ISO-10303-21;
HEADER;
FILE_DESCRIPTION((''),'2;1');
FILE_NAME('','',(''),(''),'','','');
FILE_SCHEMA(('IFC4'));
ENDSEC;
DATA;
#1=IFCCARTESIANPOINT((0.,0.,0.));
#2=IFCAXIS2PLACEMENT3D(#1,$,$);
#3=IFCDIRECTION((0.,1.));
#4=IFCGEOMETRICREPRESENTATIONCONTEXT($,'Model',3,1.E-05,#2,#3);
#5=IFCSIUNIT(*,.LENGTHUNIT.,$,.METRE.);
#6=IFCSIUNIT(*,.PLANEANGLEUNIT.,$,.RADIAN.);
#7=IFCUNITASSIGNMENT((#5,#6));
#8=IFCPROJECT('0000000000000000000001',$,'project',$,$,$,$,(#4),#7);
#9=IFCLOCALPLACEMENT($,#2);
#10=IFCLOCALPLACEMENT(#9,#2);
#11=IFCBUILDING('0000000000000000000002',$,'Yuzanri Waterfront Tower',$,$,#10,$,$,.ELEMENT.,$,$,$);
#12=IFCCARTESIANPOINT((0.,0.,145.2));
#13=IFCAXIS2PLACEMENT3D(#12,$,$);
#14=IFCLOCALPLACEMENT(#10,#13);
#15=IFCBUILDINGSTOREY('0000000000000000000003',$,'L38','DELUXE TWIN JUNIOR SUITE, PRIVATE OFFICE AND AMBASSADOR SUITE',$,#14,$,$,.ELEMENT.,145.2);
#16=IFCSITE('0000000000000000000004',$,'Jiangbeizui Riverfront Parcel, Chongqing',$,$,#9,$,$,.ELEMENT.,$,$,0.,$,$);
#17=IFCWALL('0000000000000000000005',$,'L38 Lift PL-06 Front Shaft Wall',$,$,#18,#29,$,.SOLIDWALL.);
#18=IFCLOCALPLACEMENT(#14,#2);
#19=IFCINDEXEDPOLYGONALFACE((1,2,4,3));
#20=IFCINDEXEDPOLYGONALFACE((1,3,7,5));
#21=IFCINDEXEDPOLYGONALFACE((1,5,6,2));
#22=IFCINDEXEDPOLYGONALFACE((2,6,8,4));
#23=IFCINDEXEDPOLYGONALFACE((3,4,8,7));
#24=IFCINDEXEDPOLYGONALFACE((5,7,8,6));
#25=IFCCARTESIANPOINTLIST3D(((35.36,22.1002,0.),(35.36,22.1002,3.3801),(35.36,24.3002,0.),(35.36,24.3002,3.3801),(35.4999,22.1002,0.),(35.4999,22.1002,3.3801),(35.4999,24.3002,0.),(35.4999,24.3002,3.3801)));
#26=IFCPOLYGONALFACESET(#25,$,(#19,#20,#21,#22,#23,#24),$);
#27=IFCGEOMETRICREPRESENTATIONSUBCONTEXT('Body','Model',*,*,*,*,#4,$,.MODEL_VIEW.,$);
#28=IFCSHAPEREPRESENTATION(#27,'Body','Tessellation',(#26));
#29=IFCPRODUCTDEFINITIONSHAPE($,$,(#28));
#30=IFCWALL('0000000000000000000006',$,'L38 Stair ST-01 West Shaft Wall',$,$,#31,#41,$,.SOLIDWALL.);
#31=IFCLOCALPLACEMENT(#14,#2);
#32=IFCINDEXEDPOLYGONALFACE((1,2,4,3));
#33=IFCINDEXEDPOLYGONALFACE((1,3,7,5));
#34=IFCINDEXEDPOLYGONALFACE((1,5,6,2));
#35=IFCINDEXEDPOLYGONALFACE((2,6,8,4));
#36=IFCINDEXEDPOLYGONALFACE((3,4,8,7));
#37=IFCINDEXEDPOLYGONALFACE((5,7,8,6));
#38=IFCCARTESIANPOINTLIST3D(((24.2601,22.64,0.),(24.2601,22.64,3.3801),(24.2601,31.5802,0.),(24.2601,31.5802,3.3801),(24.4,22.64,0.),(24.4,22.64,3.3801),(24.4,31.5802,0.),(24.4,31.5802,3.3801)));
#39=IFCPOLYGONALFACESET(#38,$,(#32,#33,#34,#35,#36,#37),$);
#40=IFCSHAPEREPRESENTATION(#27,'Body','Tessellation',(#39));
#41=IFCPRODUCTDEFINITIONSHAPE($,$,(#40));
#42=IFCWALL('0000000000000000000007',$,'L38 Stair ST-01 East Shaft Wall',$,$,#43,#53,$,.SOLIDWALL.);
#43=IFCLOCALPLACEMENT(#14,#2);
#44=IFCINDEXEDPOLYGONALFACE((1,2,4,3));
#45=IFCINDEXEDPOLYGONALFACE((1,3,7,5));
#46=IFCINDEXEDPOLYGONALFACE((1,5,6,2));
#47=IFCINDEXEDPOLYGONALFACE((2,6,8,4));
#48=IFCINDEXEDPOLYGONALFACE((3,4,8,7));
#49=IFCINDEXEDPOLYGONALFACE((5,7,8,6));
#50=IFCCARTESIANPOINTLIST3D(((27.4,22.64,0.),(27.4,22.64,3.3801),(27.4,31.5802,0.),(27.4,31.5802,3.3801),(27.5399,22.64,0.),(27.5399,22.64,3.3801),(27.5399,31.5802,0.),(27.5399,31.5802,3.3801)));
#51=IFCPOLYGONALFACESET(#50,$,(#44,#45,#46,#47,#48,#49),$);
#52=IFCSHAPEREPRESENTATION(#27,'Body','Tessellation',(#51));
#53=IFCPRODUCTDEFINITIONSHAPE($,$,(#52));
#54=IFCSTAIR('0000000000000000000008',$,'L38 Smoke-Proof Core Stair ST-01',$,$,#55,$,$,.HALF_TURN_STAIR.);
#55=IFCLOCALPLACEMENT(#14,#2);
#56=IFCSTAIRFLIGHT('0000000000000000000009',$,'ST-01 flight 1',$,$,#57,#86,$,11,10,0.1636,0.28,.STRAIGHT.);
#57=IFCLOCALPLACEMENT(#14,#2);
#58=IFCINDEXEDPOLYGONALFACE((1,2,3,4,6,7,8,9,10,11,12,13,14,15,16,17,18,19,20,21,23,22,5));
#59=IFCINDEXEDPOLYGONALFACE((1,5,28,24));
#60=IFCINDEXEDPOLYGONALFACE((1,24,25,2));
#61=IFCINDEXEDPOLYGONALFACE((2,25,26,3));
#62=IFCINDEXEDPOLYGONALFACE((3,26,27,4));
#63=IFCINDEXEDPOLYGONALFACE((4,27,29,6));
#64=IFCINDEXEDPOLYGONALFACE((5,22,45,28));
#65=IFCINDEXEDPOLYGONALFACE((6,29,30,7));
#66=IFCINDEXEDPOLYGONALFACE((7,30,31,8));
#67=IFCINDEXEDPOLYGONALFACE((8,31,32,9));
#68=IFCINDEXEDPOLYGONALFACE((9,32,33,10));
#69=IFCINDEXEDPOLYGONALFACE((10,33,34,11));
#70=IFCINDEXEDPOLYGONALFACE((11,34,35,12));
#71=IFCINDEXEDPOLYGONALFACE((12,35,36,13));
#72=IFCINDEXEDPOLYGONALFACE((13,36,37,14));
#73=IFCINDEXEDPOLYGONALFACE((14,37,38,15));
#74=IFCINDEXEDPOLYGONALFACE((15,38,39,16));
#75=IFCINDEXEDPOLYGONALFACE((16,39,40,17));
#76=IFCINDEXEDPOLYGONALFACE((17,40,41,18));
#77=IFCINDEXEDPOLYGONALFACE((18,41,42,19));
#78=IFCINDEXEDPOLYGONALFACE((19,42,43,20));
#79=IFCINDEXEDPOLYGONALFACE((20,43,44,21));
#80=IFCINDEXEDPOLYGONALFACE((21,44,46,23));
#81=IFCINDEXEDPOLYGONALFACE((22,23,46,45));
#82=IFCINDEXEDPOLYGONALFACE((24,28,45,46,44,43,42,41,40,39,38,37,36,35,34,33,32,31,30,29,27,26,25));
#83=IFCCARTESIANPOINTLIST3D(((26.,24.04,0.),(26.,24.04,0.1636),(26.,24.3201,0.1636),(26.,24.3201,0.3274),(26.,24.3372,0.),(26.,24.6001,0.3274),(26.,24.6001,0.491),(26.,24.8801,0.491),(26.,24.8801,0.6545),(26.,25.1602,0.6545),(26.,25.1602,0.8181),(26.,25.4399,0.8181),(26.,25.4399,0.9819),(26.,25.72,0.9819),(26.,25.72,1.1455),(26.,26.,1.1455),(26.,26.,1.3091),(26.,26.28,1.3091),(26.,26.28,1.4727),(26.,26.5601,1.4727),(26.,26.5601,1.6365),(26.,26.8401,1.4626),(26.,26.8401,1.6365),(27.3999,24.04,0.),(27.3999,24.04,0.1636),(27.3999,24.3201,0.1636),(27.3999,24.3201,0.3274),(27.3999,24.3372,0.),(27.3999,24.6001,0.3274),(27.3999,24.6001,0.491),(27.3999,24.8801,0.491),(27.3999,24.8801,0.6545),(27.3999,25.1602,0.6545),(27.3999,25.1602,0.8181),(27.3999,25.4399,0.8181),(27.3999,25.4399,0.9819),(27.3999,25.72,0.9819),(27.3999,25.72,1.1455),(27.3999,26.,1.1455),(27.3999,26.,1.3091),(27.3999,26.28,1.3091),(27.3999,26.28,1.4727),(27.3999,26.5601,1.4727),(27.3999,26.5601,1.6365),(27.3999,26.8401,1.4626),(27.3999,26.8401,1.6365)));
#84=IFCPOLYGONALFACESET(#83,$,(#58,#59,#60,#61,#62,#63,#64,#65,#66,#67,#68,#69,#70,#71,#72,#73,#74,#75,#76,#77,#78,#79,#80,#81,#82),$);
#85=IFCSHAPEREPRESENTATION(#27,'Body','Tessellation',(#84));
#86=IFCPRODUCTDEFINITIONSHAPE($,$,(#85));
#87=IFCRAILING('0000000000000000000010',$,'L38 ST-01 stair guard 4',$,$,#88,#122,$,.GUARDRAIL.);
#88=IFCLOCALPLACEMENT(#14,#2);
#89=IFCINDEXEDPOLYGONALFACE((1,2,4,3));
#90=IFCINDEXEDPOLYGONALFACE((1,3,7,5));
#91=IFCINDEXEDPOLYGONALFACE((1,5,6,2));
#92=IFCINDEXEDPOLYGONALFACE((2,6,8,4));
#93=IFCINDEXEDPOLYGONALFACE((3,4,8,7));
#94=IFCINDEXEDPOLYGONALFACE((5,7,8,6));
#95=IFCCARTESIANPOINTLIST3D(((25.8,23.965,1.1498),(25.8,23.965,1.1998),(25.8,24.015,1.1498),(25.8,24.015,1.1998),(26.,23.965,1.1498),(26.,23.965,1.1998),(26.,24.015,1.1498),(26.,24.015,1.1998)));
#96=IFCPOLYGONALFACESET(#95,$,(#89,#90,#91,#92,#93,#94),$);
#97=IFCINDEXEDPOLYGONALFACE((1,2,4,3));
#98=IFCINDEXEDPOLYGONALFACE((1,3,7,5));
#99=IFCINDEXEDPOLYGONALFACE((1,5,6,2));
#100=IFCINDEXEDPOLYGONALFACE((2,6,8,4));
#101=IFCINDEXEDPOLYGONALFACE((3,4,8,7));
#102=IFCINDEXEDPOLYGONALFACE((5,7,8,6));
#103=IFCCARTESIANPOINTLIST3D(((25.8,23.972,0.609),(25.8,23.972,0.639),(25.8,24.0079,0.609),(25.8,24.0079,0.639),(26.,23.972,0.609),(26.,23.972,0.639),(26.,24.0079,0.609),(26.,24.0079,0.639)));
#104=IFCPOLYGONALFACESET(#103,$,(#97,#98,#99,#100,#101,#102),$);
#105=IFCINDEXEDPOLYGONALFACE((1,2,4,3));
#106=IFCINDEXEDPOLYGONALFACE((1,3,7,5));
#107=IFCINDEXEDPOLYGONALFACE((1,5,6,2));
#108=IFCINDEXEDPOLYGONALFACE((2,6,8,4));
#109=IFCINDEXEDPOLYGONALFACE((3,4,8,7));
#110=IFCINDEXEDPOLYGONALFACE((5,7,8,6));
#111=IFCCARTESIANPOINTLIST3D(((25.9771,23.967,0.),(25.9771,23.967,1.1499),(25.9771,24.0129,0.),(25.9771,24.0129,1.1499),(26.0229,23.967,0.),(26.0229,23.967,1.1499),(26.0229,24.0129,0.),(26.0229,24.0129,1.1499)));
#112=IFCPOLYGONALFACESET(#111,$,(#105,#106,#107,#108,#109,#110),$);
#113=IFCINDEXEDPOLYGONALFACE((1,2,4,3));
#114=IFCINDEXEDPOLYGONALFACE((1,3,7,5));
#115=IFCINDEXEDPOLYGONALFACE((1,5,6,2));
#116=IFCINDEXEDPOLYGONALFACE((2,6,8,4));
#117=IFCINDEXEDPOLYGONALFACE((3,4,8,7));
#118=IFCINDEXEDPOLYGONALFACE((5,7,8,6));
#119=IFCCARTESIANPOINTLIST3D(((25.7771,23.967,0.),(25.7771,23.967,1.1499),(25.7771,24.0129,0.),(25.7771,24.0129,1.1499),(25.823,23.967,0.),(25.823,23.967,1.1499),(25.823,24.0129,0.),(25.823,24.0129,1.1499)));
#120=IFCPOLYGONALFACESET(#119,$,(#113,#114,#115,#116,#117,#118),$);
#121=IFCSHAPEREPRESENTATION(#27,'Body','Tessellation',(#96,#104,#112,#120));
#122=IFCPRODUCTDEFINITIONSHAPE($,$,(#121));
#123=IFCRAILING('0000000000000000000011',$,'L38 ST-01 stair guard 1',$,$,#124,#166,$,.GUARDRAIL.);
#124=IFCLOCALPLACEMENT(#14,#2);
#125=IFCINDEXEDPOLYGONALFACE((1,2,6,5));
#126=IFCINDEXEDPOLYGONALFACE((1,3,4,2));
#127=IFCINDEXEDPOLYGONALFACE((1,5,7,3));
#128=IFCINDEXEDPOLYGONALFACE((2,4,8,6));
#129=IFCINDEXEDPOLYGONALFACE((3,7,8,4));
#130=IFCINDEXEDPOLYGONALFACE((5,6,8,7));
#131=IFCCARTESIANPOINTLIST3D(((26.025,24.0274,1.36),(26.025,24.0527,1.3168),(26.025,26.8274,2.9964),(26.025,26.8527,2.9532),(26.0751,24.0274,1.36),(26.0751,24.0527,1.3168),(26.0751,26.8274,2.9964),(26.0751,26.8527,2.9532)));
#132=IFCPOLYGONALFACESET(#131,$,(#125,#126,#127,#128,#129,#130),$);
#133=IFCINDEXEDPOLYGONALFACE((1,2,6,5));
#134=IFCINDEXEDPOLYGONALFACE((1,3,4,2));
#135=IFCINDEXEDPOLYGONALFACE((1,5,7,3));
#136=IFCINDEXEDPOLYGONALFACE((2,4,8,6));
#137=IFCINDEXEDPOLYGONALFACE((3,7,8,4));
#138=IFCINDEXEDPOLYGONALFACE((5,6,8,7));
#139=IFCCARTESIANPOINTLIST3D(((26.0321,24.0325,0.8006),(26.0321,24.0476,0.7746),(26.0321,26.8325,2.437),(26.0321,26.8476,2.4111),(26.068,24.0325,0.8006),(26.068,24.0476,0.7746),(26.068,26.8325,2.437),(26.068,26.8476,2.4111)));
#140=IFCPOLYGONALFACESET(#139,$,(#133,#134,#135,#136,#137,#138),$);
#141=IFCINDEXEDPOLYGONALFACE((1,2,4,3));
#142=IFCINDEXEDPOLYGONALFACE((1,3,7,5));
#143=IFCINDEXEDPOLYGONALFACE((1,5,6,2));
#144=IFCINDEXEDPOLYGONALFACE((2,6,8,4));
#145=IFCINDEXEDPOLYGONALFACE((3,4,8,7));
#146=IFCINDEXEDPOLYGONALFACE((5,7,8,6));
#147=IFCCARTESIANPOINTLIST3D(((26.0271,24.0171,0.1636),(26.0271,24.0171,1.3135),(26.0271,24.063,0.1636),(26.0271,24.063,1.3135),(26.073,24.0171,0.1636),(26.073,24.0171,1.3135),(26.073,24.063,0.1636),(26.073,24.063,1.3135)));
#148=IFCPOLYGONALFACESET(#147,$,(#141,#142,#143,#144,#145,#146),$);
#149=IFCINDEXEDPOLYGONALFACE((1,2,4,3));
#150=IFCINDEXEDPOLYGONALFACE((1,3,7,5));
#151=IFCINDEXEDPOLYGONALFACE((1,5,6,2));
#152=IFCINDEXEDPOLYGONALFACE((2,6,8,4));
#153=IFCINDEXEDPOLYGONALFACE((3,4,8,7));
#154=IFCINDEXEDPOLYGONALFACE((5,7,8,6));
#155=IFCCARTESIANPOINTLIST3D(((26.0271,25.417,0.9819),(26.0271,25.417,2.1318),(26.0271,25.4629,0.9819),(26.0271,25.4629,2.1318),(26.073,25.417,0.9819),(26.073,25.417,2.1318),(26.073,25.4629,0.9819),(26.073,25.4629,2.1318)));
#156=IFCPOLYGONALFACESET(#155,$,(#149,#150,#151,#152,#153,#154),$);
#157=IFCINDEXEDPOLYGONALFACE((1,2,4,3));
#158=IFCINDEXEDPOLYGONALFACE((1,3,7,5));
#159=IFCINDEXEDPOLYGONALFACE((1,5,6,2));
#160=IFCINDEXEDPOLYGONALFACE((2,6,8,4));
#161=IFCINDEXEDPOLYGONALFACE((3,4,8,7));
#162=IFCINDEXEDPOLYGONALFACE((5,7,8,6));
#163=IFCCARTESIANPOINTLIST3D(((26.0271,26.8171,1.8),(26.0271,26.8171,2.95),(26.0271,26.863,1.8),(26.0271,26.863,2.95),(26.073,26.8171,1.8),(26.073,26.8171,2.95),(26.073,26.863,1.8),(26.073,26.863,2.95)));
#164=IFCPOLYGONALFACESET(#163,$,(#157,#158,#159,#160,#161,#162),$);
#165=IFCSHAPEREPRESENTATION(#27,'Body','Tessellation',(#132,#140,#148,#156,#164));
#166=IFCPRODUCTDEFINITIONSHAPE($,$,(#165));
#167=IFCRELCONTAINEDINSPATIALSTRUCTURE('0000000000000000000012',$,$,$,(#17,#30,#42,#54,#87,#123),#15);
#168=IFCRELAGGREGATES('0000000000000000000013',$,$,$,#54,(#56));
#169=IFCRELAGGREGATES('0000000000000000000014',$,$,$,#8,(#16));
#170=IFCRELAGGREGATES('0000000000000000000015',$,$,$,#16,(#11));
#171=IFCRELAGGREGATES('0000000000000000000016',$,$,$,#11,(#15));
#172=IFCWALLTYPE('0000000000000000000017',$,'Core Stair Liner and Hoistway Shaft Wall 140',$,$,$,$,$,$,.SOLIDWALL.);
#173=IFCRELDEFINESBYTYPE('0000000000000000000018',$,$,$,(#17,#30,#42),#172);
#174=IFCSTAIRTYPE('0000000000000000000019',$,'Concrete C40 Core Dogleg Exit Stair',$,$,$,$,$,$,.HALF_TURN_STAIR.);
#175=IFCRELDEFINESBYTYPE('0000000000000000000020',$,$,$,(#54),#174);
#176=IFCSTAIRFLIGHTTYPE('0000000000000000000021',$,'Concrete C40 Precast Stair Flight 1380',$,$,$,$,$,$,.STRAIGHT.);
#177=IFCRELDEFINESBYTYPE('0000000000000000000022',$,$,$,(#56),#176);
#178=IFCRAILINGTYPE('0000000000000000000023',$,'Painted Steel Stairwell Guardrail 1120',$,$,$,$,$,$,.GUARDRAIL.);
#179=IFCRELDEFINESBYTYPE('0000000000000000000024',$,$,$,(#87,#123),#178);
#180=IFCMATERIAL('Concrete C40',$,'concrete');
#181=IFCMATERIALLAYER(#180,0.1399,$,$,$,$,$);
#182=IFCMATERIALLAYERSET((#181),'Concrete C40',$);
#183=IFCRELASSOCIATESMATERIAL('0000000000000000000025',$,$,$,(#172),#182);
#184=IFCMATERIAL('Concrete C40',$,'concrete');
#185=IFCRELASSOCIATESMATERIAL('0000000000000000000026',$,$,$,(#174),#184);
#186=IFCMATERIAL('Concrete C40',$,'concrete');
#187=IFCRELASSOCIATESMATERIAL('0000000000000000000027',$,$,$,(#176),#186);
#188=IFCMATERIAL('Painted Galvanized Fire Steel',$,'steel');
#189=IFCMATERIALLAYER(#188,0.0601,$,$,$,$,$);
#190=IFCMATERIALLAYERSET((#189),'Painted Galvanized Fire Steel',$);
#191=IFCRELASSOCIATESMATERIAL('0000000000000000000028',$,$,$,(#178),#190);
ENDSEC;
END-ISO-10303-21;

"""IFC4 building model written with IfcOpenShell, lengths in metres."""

from ifc_helpers import new_model, si_unit, direction, frame, frame_2d, origin, origin_2d, place, context, subcontext, project, spatial, polyline, rectangle, outline, extrude, source, transform, mapped, material, layer, layer_set, type_object, element, aggregate, save


model = new_model("IFC4")

# Units and contexts
model_context = context("Model", 3, precision=1e-05, world=origin(), true_north=direction((0.0, 1.0)))
body_context = subcontext(model_context, "Body", "Model", "MODEL_VIEW")
ifc_project = project(units=[si_unit("LENGTHUNIT", "METRE"), si_unit("PLANEANGLEUNIT", "RADIAN")], contexts=[model_context])

# Site, building, storey
site_placement = place(None, origin())
site = spatial("IfcSite", under=ifc_project, at=site_placement, Name="Jiangbeizui Riverfront Parcel, Chongqing", CompositionType="ELEMENT", RefElevation=0.0)
building_placement = place(site_placement, origin())
building = spatial("IfcBuilding", under=site, at=building_placement, Name="Yuzanri Waterfront Tower", CompositionType="ELEMENT")
storey_placement = place(building_placement, frame((0.0, 0.0, 145.2)))
storey = spatial("IfcBuildingStorey", under=building, at=storey_placement, Name="L38", Description="DELUXE TWIN JUNIOR SUITE, PRIVATE OFFICE AND AMBASSADOR SUITE", CompositionType="ELEMENT", Elevation=145.2)

# Shared definitions
ifc_material_1 = material(Name="Concrete C40", Category="concrete")
ifc_layer_1 = layer(ifc_material_1, 0.1399)
ifc_layer_set_1 = layer_set([ifc_layer_1], Name="Concrete C40")
wall_type_1 = type_object("IfcWallType", Name="Core Stair Liner and Hoistway Shaft Wall 140", PredefinedType="SOLIDWALL", material=ifc_layer_set_1)

# Walls
shared_shape_1 = source(origin(), body_context, "Body", "SweptSolid", [
    extrude(rectangle(XDim=2.2, YDim=0.1399, at=frame_2d((1.1001, 0.0))), origin(), (0.0, 0.0, 1.0), 3.3801),
])
wall_1_placement = place(storey_placement, frame((35.4299, 22.1001, 0.0), z_axis=(0.0, 0.0, 1.0), x_axis=(0.0, 1.0, 0.0)))
element("IfcWall", 1, at=wall_1_placement, inside=storey, type_object=wall_type_1, Name="L38 Lift PL-06 Front Shaft Wall", PredefinedType="SOLIDWALL", context=body_context, shape_type="MappedRepresentation", body=[
    mapped(shared_shape_1, transform((0.0, 0.0, 0.0), scale=1.0)),
])
shared_shape_2 = source(origin(), body_context, "Body", "SweptSolid", [
    extrude(rectangle(XDim=8.9402, YDim=0.1399, at=frame_2d((4.4702, 0.0))), origin(), (0.0, 0.0, 1.0), 3.3801),
])
for number, where, z_axis, x_axis, name in (
    (2, (24.3301, 22.6399, 0.0), (0.0, 0.0, 1.0), (0.0, 1.0, 0.0), "L38 Stair ST-01 West Shaft Wall"),
    (3, (27.47, 22.6399, 0.0), (0.0, 0.0, 1.0), (0.0, 1.0, 0.0), "L38 Stair ST-01 East Shaft Wall"),
):
    element("IfcWall", number, at=place(storey_placement, frame(where, z_axis=z_axis, x_axis=x_axis)), inside=storey, type_object=wall_type_1, Name=name, PredefinedType="SOLIDWALL", context=body_context, shape_type="MappedRepresentation", body=[
        mapped(shared_shape_2, transform((0.0, 0.0, 0.0), scale=1.0)),
    ])

# Stair, stair flight
ifc_material_2 = material(Name="Concrete C40", Category="concrete")
stair_type = type_object("IfcStairType", Name="Concrete C40 Core Dogleg Exit Stair", PredefinedType="HALF_TURN_STAIR", material=ifc_material_2)
stair_placement = place(storey_placement, origin())
stair = element("IfcStair", 4, at=stair_placement, inside=storey, type_object=stair_type, Name="L38 Smoke-Proof Core Stair ST-01", PredefinedType="HALF_TURN_STAIR")
ifc_material_3 = material(Name="Concrete C40", Category="concrete")
stair_flight_type = type_object("IfcStairFlightType", Name="Concrete C40 Precast Stair Flight 1380", PredefinedType="STRAIGHT", material=ifc_material_3)
shared_shape_3 = source(origin(), body_context, "Body", "SweptSolid", [
    extrude(outline(polyline([(0.0, 0.0), (0.0, 0.1636), (0.28, 0.1636), (0.28, 0.3274), (0.5601, 0.3274), (0.5601, 0.491), (0.8401, 0.491), (0.8401, 0.6545), (1.1201, 0.6545), (1.1201, 0.8181), (1.3999, 0.8181), (1.3999, 0.9819), (1.6799, 0.9819), (1.6799, 1.1455), (1.96, 1.1455), (1.96, 1.3091), (2.24, 1.3091), (2.24, 1.4727), (2.52, 1.4727), (2.52, 1.6365), (2.8, 1.6365), (2.8, 1.8), (2.8, 1.4626), (0.2971, 0.0), (0.0, 0.0)])), frame((0.0, 0.7, 0.0), z_axis=(0.0, -1.0, 0.0), x_axis=(1.0, 0.0, 0.0)), (0.0, 0.0, 1.0), 1.3999),
])
stair_flight_placement = place(storey_placement, frame((26.7, 24.04, 0.0), z_axis=(0.0, 0.0, 1.0), x_axis=(0.0, 1.0, 0.0)))
stair_flight = element("IfcStairFlight", 5, at=stair_flight_placement, type_object=stair_flight_type, Name="ST-01 flight 1", NumberOfRisers=11, NumberOfTreads=10, PredefinedType="STRAIGHT", RiserHeight=0.1636, TreadLength=0.28, context=body_context, shape_type="MappedRepresentation", body=[
    mapped(shared_shape_3, transform((0.0, 0.0, 0.0), scale=1.0)),
])
aggregate(stair, [stair_flight])

# Railings
ifc_material_4 = material(Name="Painted Galvanized Fire Steel", Category="steel")
ifc_layer_2 = layer(ifc_material_4, 0.0601)
ifc_layer_set_2 = layer_set([ifc_layer_2], Name="Painted Galvanized Fire Steel")
railing_type = type_object("IfcRailingType", Name="Painted Steel Stairwell Guardrail 1120", PredefinedType="GUARDRAIL", material=ifc_layer_set_2)
shared_shape_4 = source(origin(), body_context, "Body", "SweptSolid", [
    extrude(rectangle(XDim=0.05, YDim=0.05, at=origin_2d()), frame((0.0, 0.0, 1.1748), z_axis=(-1.0, 0.0, 0.0), x_axis=(0.0, -1.0, 0.0)), (0.0, 0.0, 1.0), 0.2),
    extrude(rectangle(XDim=0.0359, YDim=0.03, at=origin_2d()), frame((0.0, 0.0, 0.624), z_axis=(-1.0, 0.0, 0.0), x_axis=(0.0, -1.0, 0.0)), (0.0, 0.0, 1.0), 0.2),
    extrude(rectangle(XDim=0.0459, YDim=0.0459, at=origin_2d()), origin(), (0.0, 0.0, 1.0), 1.1499),
    extrude(rectangle(XDim=0.0459, YDim=0.0459, at=origin_2d()), frame((-0.2, 0.0, 0.0)), (0.0, 0.0, 1.0), 1.1499),
])
railing_1_placement = place(storey_placement, frame((26.0, 23.99, 0.0)))
element("IfcRailing", 6, at=railing_1_placement, inside=storey, type_object=railing_type, Name="L38 ST-01 stair guard 4", PredefinedType="GUARDRAIL", context=body_context, shape_type="MappedRepresentation", body=[
    mapped(shared_shape_4, transform((0.0, 0.0, 0.0), scale=1.0)),
])
shared_shape_5 = source(origin(), body_context, "Body", "SweptSolid", [
    extrude(rectangle(XDim=0.05, YDim=0.05, at=origin_2d()), frame((0.0, 0.0, 1.1748), z_axis=(0.0, 0.863361, 0.504587), x_axis=(-1.0, 0.0, 0.0)), (0.0, 0.0, 1.0), 3.2432),
    extrude(rectangle(XDim=0.0359, YDim=0.03, at=origin_2d()), frame((0.0, 0.0, 0.624), z_axis=(0.0, 0.863361, 0.504587), x_axis=(-1.0, 0.0, 0.0)), (0.0, 0.0, 1.0), 3.2432),
    extrude(rectangle(XDim=0.0459, YDim=0.0459, at=origin_2d()), origin(), (0.0, 0.0, 1.0), 1.1499),
    extrude(rectangle(XDim=0.0459, YDim=0.0459, at=origin_2d()), frame((0.0, 1.3999, 0.8184)), (0.0, 0.0, 1.0), 1.1499),
    extrude(rectangle(XDim=0.0459, YDim=0.0459, at=origin_2d()), frame((0.0, 2.8, 1.6365)), (0.0, 0.0, 1.0), 1.1499),
])
railing_2_placement = place(storey_placement, frame((26.05, 24.04, 0.1636)))
element("IfcRailing", 7, at=railing_2_placement, inside=storey, type_object=railing_type, Name="L38 ST-01 stair guard 1", PredefinedType="GUARDRAIL", context=body_context, shape_type="MappedRepresentation", body=[
    mapped(shared_shape_5, transform((0.0, 0.0, 0.0), scale=1.0)),
])

save(model, "model.ifc")
